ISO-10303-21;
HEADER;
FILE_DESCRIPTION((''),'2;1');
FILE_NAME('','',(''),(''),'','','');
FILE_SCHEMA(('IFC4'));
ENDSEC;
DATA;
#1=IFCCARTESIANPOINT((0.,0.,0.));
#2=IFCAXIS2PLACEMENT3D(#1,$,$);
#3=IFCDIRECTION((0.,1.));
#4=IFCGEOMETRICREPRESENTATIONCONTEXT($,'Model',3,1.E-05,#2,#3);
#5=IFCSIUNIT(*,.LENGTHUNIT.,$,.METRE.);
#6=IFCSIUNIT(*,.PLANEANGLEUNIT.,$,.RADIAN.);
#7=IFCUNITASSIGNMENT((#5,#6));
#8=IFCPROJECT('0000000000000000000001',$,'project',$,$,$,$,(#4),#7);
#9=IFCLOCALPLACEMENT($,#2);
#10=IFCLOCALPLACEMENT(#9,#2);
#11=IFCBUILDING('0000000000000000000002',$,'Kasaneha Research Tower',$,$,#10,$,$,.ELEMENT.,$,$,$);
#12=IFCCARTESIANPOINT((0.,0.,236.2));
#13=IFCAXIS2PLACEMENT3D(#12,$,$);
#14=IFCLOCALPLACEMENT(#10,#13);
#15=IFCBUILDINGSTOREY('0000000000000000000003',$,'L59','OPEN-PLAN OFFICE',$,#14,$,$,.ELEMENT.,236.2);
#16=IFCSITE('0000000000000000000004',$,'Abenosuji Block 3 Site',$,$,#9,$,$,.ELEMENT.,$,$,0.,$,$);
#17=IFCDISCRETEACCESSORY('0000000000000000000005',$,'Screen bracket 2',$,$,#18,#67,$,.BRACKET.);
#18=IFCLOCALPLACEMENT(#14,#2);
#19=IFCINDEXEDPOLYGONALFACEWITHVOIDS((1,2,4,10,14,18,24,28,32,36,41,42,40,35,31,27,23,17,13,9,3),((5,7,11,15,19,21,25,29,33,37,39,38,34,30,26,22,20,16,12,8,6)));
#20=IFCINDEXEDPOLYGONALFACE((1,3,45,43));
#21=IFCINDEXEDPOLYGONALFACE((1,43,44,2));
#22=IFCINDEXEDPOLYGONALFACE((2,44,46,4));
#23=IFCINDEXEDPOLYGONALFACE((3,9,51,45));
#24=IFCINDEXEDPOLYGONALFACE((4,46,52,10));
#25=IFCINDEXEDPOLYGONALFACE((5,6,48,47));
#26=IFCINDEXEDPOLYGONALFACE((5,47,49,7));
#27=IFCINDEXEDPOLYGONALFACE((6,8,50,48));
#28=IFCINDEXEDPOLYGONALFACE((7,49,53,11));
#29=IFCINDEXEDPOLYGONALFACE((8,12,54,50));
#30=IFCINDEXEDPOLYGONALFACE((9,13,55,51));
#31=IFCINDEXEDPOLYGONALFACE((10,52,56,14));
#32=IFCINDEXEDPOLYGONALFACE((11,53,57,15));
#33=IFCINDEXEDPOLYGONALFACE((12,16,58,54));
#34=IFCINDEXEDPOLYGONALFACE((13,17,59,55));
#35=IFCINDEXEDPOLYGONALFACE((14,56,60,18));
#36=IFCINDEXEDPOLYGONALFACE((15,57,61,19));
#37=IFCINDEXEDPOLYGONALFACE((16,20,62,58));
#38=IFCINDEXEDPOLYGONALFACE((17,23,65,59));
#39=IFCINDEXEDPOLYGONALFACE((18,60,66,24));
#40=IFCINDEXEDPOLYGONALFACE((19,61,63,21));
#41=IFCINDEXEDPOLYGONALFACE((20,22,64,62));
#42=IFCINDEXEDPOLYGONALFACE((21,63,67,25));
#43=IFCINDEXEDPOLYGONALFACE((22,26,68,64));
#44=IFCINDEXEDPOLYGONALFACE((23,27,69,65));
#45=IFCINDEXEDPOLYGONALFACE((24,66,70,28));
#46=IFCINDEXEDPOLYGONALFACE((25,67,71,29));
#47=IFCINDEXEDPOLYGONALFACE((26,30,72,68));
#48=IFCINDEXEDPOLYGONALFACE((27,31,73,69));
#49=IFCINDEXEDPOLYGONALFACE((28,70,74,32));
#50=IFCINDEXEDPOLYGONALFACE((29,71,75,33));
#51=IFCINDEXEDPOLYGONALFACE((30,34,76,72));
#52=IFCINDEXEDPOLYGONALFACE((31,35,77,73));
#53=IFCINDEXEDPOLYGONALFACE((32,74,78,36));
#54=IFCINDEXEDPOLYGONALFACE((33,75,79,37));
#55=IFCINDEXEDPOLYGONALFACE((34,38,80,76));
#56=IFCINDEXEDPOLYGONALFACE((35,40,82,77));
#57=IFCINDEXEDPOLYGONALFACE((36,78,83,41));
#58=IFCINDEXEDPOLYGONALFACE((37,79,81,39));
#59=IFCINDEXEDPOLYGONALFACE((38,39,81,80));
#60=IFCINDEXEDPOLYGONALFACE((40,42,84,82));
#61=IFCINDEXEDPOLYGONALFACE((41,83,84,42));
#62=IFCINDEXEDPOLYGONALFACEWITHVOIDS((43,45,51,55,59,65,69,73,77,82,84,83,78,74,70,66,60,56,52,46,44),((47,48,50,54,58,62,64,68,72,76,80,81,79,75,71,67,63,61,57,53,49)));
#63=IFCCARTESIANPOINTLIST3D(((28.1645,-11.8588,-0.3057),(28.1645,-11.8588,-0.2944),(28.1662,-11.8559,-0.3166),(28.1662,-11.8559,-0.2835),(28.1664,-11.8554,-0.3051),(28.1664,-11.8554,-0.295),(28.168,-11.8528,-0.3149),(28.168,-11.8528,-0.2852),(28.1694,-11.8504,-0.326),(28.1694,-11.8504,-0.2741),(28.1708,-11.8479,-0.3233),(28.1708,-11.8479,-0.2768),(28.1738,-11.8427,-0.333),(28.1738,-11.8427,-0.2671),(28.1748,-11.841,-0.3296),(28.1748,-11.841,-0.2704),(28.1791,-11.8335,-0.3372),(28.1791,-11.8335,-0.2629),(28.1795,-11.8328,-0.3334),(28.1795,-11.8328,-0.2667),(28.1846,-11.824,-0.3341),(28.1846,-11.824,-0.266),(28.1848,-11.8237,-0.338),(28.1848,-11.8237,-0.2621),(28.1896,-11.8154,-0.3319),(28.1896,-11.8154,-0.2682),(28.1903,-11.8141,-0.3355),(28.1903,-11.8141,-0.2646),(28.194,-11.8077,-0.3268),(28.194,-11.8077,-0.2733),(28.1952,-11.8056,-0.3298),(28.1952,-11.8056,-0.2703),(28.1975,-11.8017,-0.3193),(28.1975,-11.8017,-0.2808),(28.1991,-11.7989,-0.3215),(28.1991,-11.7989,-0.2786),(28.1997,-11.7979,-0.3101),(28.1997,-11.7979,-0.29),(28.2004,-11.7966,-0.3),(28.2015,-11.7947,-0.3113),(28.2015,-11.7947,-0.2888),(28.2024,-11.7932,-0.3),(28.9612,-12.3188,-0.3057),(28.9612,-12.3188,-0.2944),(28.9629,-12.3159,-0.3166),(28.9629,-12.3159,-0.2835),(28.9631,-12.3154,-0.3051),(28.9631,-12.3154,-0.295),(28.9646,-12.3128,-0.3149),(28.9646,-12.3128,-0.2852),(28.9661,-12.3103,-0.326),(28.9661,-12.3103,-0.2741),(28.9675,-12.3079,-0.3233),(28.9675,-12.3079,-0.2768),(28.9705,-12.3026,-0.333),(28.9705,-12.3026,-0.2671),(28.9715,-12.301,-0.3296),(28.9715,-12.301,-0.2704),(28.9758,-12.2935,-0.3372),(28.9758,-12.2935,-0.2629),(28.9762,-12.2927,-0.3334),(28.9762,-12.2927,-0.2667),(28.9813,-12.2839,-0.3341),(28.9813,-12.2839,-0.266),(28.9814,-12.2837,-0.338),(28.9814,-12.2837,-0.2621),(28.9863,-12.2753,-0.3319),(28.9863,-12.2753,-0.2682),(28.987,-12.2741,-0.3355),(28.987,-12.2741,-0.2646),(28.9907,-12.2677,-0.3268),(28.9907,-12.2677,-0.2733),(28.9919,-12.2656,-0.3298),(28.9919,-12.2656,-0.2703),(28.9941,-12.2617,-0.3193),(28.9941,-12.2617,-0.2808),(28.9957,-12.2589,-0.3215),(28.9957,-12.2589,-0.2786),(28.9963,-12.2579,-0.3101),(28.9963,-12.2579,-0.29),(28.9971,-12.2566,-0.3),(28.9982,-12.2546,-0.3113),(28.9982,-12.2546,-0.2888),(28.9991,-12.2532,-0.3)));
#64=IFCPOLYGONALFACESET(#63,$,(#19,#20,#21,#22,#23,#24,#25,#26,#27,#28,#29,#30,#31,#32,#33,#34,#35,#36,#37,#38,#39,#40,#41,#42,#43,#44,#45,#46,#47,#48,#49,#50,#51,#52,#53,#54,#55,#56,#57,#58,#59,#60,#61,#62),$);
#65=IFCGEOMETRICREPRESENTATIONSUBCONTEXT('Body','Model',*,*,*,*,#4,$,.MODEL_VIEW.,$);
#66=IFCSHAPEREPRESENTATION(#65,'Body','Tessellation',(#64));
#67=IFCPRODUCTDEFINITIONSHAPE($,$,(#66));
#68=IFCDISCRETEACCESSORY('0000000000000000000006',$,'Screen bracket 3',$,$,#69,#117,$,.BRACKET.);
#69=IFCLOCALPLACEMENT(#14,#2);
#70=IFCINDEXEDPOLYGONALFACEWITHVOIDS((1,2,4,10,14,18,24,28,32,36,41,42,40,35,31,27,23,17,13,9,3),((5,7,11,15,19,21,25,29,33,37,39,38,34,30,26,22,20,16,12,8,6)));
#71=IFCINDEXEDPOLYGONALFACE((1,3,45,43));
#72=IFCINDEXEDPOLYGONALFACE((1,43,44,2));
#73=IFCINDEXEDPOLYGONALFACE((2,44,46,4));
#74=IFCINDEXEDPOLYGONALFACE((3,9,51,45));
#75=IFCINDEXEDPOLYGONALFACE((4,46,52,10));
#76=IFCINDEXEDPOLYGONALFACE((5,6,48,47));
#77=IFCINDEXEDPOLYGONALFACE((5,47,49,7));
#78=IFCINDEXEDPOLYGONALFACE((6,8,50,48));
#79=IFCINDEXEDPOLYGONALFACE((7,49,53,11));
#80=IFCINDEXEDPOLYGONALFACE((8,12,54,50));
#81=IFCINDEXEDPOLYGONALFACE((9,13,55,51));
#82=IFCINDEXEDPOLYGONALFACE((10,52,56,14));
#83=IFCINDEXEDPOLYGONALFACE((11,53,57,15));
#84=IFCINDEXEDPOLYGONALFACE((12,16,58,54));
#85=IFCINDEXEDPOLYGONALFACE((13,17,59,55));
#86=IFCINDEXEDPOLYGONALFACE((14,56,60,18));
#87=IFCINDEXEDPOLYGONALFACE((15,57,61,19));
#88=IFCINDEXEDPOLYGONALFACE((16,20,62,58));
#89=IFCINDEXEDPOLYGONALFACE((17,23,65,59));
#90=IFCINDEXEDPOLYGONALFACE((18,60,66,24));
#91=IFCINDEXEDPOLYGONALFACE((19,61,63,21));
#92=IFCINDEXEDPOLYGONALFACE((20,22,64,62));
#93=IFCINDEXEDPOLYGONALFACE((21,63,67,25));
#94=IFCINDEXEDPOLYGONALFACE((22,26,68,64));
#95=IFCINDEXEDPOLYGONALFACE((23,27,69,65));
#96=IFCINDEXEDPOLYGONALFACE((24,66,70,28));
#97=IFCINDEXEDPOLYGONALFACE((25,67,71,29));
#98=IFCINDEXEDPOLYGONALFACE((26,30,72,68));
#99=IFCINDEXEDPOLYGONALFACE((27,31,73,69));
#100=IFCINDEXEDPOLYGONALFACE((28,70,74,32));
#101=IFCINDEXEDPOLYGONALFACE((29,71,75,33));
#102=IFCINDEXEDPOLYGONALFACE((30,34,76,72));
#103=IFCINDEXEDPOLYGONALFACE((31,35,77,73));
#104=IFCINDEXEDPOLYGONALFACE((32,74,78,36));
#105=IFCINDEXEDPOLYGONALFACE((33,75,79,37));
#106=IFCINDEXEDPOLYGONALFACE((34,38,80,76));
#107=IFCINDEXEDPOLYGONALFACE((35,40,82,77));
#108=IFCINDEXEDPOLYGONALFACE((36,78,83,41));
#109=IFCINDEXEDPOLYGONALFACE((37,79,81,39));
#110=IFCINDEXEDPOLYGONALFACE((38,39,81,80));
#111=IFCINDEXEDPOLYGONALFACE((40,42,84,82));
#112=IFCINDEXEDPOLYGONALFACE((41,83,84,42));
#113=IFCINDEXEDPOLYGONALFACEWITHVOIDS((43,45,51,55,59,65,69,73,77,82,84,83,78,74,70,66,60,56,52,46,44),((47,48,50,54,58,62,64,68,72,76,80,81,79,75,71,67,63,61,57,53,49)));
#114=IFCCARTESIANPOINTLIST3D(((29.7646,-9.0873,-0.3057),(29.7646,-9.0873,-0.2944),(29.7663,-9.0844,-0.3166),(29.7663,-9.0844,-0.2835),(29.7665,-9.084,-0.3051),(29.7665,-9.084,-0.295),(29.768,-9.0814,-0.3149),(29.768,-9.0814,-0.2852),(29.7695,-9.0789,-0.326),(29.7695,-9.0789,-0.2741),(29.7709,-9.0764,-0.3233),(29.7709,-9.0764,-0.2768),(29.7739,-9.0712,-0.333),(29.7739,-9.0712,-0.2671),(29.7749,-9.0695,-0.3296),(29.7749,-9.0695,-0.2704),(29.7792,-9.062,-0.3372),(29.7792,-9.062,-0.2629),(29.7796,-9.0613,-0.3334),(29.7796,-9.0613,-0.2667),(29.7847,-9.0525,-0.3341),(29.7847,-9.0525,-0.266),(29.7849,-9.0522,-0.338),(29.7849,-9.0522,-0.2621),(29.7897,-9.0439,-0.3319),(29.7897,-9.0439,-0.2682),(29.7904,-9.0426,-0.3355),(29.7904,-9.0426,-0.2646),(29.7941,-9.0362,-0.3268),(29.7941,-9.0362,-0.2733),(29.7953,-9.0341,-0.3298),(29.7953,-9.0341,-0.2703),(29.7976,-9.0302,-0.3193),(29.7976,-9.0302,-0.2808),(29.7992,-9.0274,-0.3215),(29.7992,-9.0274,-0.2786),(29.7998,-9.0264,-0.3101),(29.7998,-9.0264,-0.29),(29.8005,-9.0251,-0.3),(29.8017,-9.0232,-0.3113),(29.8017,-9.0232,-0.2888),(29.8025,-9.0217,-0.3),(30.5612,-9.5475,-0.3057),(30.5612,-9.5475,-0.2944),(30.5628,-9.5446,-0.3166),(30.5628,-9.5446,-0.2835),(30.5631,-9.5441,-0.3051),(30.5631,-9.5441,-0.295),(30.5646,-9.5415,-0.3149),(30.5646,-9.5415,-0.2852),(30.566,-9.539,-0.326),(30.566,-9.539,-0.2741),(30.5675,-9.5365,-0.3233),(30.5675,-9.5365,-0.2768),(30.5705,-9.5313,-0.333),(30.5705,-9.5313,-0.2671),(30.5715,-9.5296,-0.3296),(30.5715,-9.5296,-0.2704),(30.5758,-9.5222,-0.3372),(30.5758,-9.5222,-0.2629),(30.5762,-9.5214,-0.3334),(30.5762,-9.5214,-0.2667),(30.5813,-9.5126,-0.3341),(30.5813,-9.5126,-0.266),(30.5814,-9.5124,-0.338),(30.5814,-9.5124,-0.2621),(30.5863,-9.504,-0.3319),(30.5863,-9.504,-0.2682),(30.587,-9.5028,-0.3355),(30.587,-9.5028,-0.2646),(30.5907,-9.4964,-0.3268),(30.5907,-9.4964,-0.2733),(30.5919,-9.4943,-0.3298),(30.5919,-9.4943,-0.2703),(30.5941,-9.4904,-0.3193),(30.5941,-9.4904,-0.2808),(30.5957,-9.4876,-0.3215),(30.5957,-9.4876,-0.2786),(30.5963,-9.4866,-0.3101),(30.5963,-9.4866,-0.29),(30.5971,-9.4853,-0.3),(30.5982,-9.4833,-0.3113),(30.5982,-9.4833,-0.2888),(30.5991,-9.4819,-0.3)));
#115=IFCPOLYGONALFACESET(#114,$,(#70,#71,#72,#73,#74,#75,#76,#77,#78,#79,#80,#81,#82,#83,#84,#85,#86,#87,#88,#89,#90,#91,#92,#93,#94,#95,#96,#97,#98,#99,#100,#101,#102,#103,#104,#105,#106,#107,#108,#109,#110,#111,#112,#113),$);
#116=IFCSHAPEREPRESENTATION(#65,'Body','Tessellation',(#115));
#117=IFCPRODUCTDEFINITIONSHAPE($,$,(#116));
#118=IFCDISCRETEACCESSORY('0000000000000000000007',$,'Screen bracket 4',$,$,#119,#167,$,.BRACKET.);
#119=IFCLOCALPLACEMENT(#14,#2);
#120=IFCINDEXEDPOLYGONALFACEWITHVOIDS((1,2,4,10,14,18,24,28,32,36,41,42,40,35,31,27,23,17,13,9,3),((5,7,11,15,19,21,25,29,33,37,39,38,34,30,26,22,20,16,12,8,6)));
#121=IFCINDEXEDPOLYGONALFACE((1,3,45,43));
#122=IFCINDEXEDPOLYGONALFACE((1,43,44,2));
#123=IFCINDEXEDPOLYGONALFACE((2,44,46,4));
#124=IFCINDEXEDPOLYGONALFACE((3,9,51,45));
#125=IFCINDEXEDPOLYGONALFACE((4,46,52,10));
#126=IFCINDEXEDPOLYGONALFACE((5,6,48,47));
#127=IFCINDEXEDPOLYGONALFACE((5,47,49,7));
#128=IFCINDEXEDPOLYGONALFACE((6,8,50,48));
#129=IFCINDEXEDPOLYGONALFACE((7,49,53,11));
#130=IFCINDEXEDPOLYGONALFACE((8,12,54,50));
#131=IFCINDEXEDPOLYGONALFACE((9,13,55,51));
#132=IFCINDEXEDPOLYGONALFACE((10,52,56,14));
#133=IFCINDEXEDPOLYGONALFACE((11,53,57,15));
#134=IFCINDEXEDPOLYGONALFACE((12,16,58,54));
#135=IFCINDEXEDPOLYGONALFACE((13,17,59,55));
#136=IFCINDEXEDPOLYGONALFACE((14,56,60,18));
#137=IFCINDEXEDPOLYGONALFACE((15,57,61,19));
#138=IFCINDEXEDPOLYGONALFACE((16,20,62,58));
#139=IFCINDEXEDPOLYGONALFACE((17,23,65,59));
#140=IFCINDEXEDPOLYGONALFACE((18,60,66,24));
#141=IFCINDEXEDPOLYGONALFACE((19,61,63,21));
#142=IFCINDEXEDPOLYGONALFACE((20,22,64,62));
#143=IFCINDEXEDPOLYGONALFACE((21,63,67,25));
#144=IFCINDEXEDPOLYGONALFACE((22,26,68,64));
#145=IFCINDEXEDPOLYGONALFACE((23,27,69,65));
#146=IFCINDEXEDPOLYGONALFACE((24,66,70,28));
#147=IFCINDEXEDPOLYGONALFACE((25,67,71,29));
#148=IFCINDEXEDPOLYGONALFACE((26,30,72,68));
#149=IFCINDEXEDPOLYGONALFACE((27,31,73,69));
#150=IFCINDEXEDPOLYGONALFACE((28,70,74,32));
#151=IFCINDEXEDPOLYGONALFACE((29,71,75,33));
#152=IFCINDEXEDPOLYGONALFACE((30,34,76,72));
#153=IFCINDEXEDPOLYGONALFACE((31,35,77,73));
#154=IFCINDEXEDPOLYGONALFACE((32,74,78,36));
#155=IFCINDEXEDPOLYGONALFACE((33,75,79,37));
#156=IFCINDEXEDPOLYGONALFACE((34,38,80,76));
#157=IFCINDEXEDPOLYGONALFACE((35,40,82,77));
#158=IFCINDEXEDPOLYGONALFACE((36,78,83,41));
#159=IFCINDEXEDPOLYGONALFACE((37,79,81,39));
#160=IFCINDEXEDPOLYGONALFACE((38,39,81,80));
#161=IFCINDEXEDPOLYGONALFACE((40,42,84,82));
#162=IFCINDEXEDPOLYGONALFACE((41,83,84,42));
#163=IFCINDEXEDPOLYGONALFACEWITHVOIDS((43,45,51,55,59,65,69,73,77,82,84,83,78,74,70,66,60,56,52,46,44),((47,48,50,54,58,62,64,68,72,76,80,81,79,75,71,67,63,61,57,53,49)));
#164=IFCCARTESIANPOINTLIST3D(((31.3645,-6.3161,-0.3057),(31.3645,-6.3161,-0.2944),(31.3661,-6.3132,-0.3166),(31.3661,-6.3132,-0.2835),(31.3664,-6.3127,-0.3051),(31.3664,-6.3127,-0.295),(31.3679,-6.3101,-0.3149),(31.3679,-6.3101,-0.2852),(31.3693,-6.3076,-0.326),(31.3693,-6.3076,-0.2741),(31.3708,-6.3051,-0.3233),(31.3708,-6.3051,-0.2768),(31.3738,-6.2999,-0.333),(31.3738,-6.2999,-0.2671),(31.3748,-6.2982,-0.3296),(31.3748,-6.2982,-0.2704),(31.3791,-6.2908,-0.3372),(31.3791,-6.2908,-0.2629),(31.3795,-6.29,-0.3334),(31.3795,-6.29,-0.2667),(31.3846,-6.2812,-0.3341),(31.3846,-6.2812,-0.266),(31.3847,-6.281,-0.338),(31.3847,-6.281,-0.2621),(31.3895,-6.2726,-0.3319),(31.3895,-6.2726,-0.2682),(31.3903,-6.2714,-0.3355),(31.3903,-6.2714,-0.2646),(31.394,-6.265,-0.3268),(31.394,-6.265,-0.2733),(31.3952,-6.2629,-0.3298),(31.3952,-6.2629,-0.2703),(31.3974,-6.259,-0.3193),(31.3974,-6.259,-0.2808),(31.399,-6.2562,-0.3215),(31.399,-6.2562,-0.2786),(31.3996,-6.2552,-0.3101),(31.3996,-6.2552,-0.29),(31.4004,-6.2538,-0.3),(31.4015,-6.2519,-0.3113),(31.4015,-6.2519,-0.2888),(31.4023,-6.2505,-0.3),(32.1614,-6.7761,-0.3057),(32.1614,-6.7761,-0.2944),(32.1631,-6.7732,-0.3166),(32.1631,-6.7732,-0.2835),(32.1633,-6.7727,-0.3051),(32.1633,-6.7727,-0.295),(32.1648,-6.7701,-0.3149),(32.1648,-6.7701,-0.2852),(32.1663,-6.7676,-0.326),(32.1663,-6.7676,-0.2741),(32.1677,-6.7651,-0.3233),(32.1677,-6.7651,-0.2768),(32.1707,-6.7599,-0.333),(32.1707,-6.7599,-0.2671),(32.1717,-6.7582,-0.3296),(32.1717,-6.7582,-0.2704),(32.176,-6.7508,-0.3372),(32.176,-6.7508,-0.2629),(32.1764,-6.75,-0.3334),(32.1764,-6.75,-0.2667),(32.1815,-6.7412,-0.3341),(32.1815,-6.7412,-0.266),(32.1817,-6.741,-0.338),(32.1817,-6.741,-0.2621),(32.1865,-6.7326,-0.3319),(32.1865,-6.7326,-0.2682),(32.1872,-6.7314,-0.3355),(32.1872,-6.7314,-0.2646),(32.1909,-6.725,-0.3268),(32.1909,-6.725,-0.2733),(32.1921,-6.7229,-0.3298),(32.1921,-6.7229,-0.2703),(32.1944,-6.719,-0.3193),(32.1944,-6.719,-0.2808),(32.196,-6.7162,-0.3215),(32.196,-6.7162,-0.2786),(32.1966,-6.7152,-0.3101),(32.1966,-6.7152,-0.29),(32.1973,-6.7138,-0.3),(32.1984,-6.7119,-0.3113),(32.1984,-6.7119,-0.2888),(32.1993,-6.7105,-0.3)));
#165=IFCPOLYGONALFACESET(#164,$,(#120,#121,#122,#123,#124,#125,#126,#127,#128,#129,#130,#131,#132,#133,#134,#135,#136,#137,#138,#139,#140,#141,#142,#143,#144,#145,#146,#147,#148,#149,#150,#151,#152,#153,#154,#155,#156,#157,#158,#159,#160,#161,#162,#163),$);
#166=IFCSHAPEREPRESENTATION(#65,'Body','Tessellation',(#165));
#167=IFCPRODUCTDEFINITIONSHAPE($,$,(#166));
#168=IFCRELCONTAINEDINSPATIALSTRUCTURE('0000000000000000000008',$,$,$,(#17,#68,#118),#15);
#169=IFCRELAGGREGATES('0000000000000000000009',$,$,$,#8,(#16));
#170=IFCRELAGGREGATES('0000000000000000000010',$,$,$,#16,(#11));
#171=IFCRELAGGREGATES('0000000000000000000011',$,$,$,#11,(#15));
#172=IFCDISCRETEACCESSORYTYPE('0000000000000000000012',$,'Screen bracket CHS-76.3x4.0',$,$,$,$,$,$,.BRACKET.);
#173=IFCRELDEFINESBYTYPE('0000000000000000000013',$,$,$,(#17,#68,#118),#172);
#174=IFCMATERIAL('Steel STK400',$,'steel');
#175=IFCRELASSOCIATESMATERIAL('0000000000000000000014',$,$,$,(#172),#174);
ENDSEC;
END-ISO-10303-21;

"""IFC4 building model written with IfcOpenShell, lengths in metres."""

from ifc_helpers import new_model, si_unit, direction, frame, origin, origin_2d, place, context, subcontext, project, spatial, hollow_circle, extrude, material, material_profile, profile_set, type_object, element, save


model = new_model("IFC4")

# Units and contexts
model_context = context("Model", 3, precision=1e-05, world=origin(), true_north=direction((0.0, 1.0)))
body_context = subcontext(model_context, "Body", "Model", "MODEL_VIEW")
ifc_project = project(units=[si_unit("LENGTHUNIT", "METRE"), si_unit("PLANEANGLEUNIT", "RADIAN")], contexts=[model_context])

# Site, building, storey
site_placement = place(None, origin())
site = spatial("IfcSite", under=ifc_project, at=site_placement, Name="Abenosuji Block 3 Site", CompositionType="ELEMENT", RefElevation=0.0)
building_placement = place(site_placement, origin())
building = spatial("IfcBuilding", under=site, at=building_placement, Name="Kasaneha Research Tower", CompositionType="ELEMENT")
storey_placement = place(building_placement, frame((0.0, 0.0, 236.2)))
storey = spatial("IfcBuildingStorey", under=building, at=storey_placement, Name="L59", Description="OPEN-PLAN OFFICE", CompositionType="ELEMENT", Elevation=236.2)

# Discrete accessories
ifc_material_1 = material(Name="Steel STK400", Category="steel")
ifc_material_profile_1 = material_profile(ifc_material_1, hollow_circle(Radius=0.0381, WallThickness=0.0039, at=origin_2d()), Name="CHS-76.3x4.0")
ifc_profile_set_1 = profile_set([ifc_material_profile_1], Name="Steel STK400")
discrete_accessory_type = type_object("IfcDiscreteAccessoryType", Name="Screen bracket CHS-76.3x4.0", PredefinedType="BRACKET", material=ifc_profile_set_1)
for number, where, z_axis, x_axis, name in (
    (1, (28.1833, -11.8262, -0.3), (0.866013, -0.500021, 0.0), (0.500021, 0.866013, 0.0), "Screen bracket 2"),
    (2, (29.7834, -9.0547, -0.3), (0.865898, -0.50022, 0.0), (0.50022, 0.865898, 0.0), "Screen bracket 3"),
):
    element("IfcDiscreteAccessory", number, at=place(storey_placement, frame(where, z_axis=z_axis, x_axis=x_axis)), inside=storey, type_object=discrete_accessory_type, Name=name, PredefinedType="BRACKET", context=body_context, shape_type="SweptSolid", body=[
        extrude(hollow_circle(Radius=0.0381, WallThickness=0.0039, at=origin_2d()), origin(), (0.0, 0.0, 1.0), 0.9199),
    ])
discrete_accessory_1_placement = place(storey_placement, frame((31.3833, -6.2834, -0.3), z_axis=(0.86608, -0.499906, 0.0), x_axis=(0.499906, 0.86608, 0.0)))
element("IfcDiscreteAccessory", 3, at=discrete_accessory_1_placement, inside=storey, type_object=discrete_accessory_type, Name="Screen bracket 4", PredefinedType="BRACKET", context=body_context, shape_type="SweptSolid", body=[
    extrude(hollow_circle(Radius=0.0381, WallThickness=0.0039, at=origin_2d()), origin(), (0.0, 0.0, 1.0), 0.9202),
])

save(model, "model.ifc")
